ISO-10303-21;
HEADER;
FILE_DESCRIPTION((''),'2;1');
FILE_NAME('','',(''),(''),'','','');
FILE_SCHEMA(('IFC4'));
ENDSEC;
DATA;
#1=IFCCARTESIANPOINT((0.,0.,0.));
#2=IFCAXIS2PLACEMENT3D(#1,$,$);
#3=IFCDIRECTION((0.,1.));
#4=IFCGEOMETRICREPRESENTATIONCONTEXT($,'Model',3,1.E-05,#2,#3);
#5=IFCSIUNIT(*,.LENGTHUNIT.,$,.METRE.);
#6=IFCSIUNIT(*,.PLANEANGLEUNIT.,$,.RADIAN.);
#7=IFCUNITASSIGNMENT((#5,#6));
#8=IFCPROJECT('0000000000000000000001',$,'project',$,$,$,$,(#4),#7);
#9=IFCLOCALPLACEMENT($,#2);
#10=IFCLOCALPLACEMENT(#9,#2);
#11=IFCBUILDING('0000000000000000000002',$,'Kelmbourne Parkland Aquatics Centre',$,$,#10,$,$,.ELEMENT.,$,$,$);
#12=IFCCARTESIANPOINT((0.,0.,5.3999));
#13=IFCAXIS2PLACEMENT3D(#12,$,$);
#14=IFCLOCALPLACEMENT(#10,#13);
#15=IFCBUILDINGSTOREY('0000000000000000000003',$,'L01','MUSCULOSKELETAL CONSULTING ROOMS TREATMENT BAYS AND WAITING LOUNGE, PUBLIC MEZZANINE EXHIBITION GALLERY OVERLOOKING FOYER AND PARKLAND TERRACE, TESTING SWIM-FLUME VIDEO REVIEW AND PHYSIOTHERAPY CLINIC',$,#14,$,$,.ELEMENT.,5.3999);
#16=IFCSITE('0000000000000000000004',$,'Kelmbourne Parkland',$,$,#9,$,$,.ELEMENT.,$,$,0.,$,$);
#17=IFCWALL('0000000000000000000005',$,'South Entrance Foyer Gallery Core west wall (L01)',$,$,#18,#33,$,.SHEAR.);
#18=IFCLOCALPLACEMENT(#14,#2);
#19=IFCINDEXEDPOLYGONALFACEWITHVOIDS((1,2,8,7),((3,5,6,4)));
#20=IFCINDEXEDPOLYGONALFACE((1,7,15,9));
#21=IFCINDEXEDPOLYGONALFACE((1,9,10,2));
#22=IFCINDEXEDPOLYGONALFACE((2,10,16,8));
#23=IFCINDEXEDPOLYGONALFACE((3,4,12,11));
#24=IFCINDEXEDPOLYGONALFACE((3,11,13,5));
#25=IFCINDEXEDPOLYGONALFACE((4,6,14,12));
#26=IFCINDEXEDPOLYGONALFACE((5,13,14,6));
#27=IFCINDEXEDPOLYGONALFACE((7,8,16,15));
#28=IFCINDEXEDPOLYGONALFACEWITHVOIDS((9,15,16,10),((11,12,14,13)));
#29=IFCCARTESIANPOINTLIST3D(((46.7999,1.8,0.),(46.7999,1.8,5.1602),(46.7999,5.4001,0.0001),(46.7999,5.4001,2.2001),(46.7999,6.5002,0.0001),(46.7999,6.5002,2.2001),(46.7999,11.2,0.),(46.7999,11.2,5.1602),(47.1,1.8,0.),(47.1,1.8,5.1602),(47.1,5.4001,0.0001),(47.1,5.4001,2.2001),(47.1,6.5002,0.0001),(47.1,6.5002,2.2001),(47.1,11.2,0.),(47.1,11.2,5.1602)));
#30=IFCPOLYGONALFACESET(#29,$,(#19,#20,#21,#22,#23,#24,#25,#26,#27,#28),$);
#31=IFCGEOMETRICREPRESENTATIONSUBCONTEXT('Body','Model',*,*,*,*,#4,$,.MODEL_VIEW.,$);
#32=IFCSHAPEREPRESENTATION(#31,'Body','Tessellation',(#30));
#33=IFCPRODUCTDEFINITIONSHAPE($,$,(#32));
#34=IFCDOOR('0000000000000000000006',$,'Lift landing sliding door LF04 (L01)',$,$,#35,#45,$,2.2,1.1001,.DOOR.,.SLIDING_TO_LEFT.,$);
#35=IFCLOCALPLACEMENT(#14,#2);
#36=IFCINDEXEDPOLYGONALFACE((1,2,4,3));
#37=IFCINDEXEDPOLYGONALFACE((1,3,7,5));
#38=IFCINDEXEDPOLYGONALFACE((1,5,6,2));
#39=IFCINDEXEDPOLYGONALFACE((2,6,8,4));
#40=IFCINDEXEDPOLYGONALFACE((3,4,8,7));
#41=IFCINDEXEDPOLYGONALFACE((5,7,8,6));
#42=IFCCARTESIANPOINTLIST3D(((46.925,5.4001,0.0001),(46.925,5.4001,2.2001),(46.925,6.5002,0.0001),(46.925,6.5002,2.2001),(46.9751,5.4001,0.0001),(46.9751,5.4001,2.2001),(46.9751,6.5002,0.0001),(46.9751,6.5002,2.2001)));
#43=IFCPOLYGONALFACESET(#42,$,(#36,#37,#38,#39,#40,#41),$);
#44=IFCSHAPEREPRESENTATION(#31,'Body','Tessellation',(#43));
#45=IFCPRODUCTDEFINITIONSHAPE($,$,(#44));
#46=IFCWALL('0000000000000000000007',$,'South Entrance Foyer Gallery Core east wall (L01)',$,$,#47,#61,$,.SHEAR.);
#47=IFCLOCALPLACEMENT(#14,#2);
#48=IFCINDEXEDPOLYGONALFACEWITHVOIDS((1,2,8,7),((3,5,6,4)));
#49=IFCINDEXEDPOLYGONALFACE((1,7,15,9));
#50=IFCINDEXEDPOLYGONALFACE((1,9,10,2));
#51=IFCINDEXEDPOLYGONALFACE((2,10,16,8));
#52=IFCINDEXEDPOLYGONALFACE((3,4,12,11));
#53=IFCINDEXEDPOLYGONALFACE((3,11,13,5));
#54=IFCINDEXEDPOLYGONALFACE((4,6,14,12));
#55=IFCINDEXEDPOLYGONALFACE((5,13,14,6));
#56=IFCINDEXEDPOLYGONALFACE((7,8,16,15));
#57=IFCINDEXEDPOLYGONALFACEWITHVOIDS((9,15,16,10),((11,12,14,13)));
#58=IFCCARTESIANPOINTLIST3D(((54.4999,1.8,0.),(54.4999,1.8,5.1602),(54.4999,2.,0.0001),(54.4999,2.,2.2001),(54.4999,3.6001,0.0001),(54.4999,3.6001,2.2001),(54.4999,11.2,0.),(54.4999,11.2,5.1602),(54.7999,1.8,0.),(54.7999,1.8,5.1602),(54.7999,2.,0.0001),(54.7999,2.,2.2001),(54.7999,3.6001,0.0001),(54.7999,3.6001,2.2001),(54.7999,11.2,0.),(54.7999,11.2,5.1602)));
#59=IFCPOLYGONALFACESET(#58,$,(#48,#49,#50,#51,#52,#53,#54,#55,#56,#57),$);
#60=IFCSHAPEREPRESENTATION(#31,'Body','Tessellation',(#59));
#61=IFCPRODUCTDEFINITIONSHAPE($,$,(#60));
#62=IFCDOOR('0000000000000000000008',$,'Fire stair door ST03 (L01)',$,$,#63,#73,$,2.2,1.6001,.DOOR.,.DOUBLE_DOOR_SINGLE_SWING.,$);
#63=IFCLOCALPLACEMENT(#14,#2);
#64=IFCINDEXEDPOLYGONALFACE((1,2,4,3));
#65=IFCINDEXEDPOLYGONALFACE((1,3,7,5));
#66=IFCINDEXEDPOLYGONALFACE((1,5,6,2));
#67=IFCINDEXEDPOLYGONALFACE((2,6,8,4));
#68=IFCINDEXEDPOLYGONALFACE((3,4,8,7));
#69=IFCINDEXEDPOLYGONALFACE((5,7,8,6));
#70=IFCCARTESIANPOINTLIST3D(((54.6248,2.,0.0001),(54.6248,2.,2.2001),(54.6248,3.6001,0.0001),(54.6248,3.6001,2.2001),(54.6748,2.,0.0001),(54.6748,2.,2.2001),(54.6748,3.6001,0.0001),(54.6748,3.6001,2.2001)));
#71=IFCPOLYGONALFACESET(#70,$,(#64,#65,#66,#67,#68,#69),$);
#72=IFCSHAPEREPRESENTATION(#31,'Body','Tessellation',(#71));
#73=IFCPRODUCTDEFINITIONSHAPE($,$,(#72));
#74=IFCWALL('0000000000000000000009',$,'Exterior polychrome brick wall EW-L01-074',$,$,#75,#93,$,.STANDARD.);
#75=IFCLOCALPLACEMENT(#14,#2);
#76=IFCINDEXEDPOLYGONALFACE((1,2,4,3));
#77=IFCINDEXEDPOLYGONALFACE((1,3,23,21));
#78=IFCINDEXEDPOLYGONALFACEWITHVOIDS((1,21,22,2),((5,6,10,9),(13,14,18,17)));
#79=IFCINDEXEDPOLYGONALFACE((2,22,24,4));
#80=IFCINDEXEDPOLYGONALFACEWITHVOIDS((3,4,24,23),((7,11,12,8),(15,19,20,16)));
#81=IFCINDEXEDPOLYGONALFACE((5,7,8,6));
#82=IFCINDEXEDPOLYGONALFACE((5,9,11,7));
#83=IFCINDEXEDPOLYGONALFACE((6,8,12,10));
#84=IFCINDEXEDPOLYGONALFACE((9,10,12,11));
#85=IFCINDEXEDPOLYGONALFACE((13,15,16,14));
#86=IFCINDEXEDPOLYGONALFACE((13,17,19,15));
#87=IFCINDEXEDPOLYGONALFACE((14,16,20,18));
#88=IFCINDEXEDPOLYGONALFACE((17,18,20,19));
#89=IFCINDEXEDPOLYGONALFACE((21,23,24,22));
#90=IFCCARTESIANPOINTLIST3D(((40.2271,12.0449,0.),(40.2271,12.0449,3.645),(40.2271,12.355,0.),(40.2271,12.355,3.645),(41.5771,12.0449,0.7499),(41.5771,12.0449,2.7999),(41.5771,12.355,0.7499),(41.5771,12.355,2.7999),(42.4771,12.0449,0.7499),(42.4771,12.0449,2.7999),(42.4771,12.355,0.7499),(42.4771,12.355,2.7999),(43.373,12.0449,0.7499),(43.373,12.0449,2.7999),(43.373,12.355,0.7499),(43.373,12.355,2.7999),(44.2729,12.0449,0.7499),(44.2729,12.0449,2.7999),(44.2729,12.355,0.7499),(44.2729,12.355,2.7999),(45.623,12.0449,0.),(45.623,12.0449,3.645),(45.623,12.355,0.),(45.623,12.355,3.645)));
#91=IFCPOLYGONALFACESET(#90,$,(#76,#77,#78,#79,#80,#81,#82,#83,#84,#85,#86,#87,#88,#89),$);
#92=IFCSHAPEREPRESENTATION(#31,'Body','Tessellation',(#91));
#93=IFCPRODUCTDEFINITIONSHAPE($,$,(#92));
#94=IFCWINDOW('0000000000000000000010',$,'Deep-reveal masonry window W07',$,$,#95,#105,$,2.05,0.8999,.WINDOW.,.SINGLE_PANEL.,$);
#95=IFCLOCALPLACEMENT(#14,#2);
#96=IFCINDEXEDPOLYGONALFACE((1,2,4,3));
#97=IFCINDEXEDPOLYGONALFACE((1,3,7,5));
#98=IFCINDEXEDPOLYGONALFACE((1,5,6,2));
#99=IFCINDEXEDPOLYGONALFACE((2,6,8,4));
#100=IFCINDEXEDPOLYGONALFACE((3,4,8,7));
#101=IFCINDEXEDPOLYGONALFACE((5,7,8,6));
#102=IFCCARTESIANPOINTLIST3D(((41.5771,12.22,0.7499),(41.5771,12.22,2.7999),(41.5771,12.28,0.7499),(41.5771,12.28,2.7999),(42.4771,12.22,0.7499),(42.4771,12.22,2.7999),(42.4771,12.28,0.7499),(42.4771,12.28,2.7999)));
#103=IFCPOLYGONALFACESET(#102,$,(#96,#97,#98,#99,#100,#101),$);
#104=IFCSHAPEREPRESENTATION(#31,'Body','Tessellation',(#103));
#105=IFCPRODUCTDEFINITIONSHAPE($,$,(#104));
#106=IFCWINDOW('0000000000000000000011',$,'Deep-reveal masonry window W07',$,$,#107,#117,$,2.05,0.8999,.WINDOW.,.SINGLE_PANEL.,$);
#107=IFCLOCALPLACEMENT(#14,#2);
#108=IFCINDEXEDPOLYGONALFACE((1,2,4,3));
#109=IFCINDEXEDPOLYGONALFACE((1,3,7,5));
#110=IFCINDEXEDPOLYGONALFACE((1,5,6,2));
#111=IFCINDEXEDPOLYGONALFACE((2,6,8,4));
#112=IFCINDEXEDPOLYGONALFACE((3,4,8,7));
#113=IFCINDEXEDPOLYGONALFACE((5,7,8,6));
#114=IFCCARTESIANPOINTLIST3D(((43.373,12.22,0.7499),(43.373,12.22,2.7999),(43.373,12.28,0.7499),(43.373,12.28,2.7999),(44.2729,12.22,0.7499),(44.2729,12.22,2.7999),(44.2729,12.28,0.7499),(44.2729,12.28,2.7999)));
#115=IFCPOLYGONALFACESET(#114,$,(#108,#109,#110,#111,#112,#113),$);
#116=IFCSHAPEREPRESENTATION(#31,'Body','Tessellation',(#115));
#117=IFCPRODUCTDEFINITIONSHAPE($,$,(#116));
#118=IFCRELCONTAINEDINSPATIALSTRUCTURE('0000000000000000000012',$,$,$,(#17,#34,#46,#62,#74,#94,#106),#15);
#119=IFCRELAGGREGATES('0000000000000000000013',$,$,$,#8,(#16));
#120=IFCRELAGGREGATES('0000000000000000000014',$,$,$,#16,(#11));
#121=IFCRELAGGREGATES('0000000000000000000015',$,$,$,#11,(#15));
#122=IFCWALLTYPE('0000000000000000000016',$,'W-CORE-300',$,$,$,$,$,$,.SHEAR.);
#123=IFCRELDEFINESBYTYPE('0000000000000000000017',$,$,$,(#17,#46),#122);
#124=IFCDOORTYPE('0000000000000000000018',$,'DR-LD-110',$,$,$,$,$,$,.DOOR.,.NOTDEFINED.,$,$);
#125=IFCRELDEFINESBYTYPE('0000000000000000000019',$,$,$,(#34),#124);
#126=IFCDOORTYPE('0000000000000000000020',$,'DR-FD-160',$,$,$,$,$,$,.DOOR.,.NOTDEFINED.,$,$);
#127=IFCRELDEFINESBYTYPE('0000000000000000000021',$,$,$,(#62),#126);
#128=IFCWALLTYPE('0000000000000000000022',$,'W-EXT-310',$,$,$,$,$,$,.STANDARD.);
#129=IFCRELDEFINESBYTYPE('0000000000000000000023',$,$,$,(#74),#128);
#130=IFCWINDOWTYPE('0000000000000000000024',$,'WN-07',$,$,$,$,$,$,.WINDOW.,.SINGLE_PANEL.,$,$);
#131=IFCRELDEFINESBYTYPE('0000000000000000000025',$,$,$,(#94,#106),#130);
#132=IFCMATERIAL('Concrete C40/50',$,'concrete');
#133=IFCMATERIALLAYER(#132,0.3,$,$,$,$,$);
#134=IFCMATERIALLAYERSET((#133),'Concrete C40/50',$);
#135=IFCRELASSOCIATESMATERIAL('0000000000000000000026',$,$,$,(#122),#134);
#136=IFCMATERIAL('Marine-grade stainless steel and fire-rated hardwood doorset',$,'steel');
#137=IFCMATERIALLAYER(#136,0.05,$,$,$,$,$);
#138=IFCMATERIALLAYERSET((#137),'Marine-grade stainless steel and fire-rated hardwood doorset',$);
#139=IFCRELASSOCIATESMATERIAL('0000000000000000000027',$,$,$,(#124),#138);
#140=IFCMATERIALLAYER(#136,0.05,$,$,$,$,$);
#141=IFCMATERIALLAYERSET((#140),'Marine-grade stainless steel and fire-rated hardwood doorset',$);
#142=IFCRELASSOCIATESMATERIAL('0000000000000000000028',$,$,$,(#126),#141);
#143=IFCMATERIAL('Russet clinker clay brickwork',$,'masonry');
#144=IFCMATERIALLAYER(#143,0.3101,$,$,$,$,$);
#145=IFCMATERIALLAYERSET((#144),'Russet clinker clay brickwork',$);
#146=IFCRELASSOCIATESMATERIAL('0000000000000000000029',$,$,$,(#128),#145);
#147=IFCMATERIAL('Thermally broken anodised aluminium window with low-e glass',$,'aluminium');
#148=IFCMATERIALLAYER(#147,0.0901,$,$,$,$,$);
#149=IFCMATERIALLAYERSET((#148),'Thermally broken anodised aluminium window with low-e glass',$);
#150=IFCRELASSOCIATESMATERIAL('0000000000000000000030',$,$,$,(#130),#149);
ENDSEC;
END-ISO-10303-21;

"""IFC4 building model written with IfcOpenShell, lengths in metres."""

from ifc_helpers import new_model, si_unit, direction, frame, frame_2d, origin, place, context, subcontext, project, spatial, rectangle, extrude, material, layer, layer_set, type_object, element, fill, save


model = new_model("IFC4")

# Units and contexts
model_context = context("Model", 3, precision=1e-05, world=origin(), true_north=direction((0.0, 1.0)))
body_context = subcontext(model_context, "Body", "Model", "MODEL_VIEW")
ifc_project = project(units=[si_unit("LENGTHUNIT", "METRE"), si_unit("PLANEANGLEUNIT", "RADIAN")], contexts=[model_context])

# Site, building, storey
site_placement = place(None, origin())
site = spatial("IfcSite", under=ifc_project, at=site_placement, Name="Kelmbourne Parkland", CompositionType="ELEMENT", RefElevation=0.0)
building_placement = place(site_placement, origin())
building = spatial("IfcBuilding", under=site, at=building_placement, Name="Kelmbourne Parkland Aquatics Centre", CompositionType="ELEMENT")
storey_placement = place(building_placement, frame((0.0, 0.0, 5.3999)))
storey = spatial("IfcBuildingStorey", under=building, at=storey_placement, Name="L01", Description="MUSCULOSKELETAL CONSULTING ROOMS TREATMENT BAYS AND WAITING LOUNGE, PUBLIC MEZZANINE EXHIBITION GALLERY OVERLOOKING FOYER AND PARKLAND TERRACE, TESTING SWIM-FLUME VIDEO REVIEW AND PHYSIOTHERAPY CLINIC", CompositionType="ELEMENT", Elevation=5.3999)

# Shared definitions
ifc_material_1 = material(Name="Concrete C40/50", Category="concrete")

# Shared definitions
ifc_layer_1 = layer(ifc_material_1, 0.3)
ifc_layer_set_1 = layer_set([ifc_layer_1], Name="Concrete C40/50")
wall_type_1 = type_object("IfcWallType", Name="W-CORE-300", PredefinedType="SHEAR", material=ifc_layer_set_1)

# Walls, openings, doors
wall_1_placement = place(storey_placement, frame((46.95, 1.8, 0.0), z_axis=(0.0, 0.0, 1.0), x_axis=(0.0, 1.0, 0.0)))
wall_1 = element("IfcWall", 1, at=wall_1_placement, inside=storey, type_object=wall_type_1, Name="South Entrance Foyer Gallery Core west wall (L01)", PredefinedType="SHEAR", context=body_context, shape_type="SweptSolid", body=[
    extrude(rectangle(XDim=9.3999, YDim=0.3, at=frame_2d((4.7, 0.0))), origin(), (0.0, 0.0, 1.0), 5.1602),
])
opening_1_placement = place(wall_1_placement, frame((3.6001, 0.0, 0.0)))
opening_1 = element("IfcOpeningElement", 2, at=opening_1_placement, cuts=wall_1, PredefinedType="OPENING", context=body_context, shape_type="SweptSolid", body=[
    extrude(rectangle(XDim=1.1001, YDim=2.2, at=frame_2d((0.55, 1.1001))), frame((0.0, 0.1621, 0.0), z_axis=(0.0, -1.0, 0.0), x_axis=(1.0, 0.0, 0.0)), (0.0, 0.0, 1.0), 0.324),
])
ifc_material_2 = material(Name="Marine-grade stainless steel and fire-rated hardwood doorset", Category="steel")
ifc_layer_2 = layer(ifc_material_2, 0.05)
ifc_layer_set_2 = layer_set([ifc_layer_2], Name="Marine-grade stainless steel and fire-rated hardwood doorset")
door_type_1 = type_object("IfcDoorType", Name="DR-LD-110", OperationType="NOTDEFINED", PredefinedType="DOOR", material=ifc_layer_set_2)
door_1_placement = place(opening_1_placement, origin())
door_1 = element("IfcDoor", 3, at=door_1_placement, inside=storey, type_object=door_type_1, Name="Lift landing sliding door LF04 (L01)", OperationType="SLIDING_TO_LEFT", OverallHeight=2.2, OverallWidth=1.1001, PredefinedType="DOOR", context=body_context, shape_type="SweptSolid", body=[
    extrude(rectangle(XDim=1.1001, YDim=2.2, at=frame_2d((0.55, 1.1001))), frame((0.0, 0.0249, 0.0), z_axis=(0.0, -1.0, 0.0), x_axis=(1.0, 0.0, 0.0)), (0.0, 0.0, 1.0), 0.05),
])
fill(opening_1, door_1)
wall_2_placement = place(storey_placement, frame((54.6499, 1.8, 0.0), z_axis=(0.0, 0.0, 1.0), x_axis=(0.0, 1.0, 0.0)))
wall_2 = element("IfcWall", 4, at=wall_2_placement, inside=storey, type_object=wall_type_1, Name="South Entrance Foyer Gallery Core east wall (L01)", PredefinedType="SHEAR", context=body_context, shape_type="SweptSolid", body=[
    extrude(rectangle(XDim=9.3999, YDim=0.3, at=frame_2d((4.7, 0.0))), origin(), (0.0, 0.0, 1.0), 5.1602),
])
opening_2_placement = place(wall_2_placement, frame((0.2, 0.0, 0.0)))
opening_2 = element("IfcOpeningElement", 5, at=opening_2_placement, cuts=wall_2, PredefinedType="OPENING", context=body_context, shape_type="SweptSolid", body=[
    extrude(rectangle(XDim=1.6001, YDim=2.2, at=frame_2d((0.8, 1.1001))), frame((0.0, 0.1621, 0.0), z_axis=(0.0, -1.0, 0.0), x_axis=(1.0, 0.0, 0.0)), (0.0, 0.0, 1.0), 0.324),
])
ifc_layer_3 = layer(ifc_material_2, 0.05)
ifc_layer_set_3 = layer_set([ifc_layer_3], Name="Marine-grade stainless steel and fire-rated hardwood doorset")
door_type_2 = type_object("IfcDoorType", Name="DR-FD-160", OperationType="NOTDEFINED", PredefinedType="DOOR", material=ifc_layer_set_3)
door_2_placement = place(opening_2_placement, frame((1.6001, 0.0, 0.0), z_axis=(0.0, 0.0, 1.0), x_axis=(-1.0, 0.0, 0.0)))
door_2 = element("IfcDoor", 6, at=door_2_placement, inside=storey, type_object=door_type_2, Name="Fire stair door ST03 (L01)", OperationType="DOUBLE_DOOR_SINGLE_SWING", OverallHeight=2.2, OverallWidth=1.6001, PredefinedType="DOOR", context=body_context, shape_type="SweptSolid", body=[
    extrude(rectangle(XDim=1.6001, YDim=2.2, at=frame_2d((0.8, 1.1001))), frame((0.0, 0.0249, 0.0), z_axis=(0.0, -1.0, 0.0), x_axis=(1.0, 0.0, 0.0)), (0.0, 0.0, 1.0), 0.05),
])
fill(opening_2, door_2)

# Wall, openings, windows
ifc_material_3 = material(Name="Russet clinker clay brickwork", Category="masonry")
ifc_layer_4 = layer(ifc_material_3, 0.3101)
ifc_layer_set_4 = layer_set([ifc_layer_4], Name="Russet clinker clay brickwork")
wall_type_2 = type_object("IfcWallType", Name="W-EXT-310", PredefinedType="STANDARD", material=ifc_layer_set_4)
wall_3_placement = place(storey_placement, frame((40.2271, 12.2, 0.0), z_axis=(0.0, 0.0, 1.0), x_axis=(1.0, 0.0, 0.0)))
wall_3 = element("IfcWall", 7, at=wall_3_placement, inside=storey, type_object=wall_type_2, Name="Exterior polychrome brick wall EW-L01-074", PredefinedType="STANDARD", context=body_context, shape_type="SweptSolid", body=[
    extrude(rectangle(XDim=5.396, YDim=0.3101, at=frame_2d((2.698, 0.0))), origin(), (0.0, 0.0, 1.0), 3.645),
])
opening_3_placement = place(wall_3_placement, frame((1.3501, 0.0, 0.75)))
opening_3 = element("IfcOpeningElement", 8, at=opening_3_placement, cuts=wall_3, PredefinedType="OPENING", context=body_context, shape_type="SweptSolid", body=[
    extrude(rectangle(XDim=0.8999, YDim=2.05, at=frame_2d((0.45, 1.0249))), frame((0.0, 0.167, 0.0), z_axis=(0.0, -1.0, 0.0), x_axis=(1.0, 0.0, 0.0)), (0.0, 0.0, 1.0), 0.334),
])
opening_4_placement = place(wall_3_placement, frame((3.146, 0.0, 0.75)))
opening_4 = element("IfcOpeningElement", 9, at=opening_4_placement, cuts=wall_3, PredefinedType="OPENING", context=body_context, shape_type="SweptSolid", body=[
    extrude(rectangle(XDim=0.8999, YDim=2.05, at=frame_2d((0.45, 1.0249))), frame((0.0, 0.167, 0.0), z_axis=(0.0, -1.0, 0.0), x_axis=(1.0, 0.0, 0.0)), (0.0, 0.0, 1.0), 0.334),
])
ifc_material_4 = material(Name="Thermally broken anodised aluminium window with low-e glass", Category="aluminium")
ifc_layer_5 = layer(ifc_material_4, 0.0901)
ifc_layer_set_5 = layer_set([ifc_layer_5], Name="Thermally broken anodised aluminium window with low-e glass")
window_type_1 = type_object("IfcWindowType", Name="WN-07", PartitioningType="SINGLE_PANEL", PredefinedType="WINDOW", material=ifc_layer_set_5)
window_1_placement = place(opening_3_placement, origin())
window_1 = element("IfcWindow", 10, at=window_1_placement, inside=storey, type_object=window_type_1, Name="Deep-reveal masonry window W07", OverallHeight=2.05, OverallWidth=0.8999, PartitioningType="SINGLE_PANEL", PredefinedType="WINDOW", context=body_context, shape_type="SweptSolid", body=[
    extrude(rectangle(XDim=0.8999, YDim=2.05, at=frame_2d((0.45, 1.0249))), frame((0.0, 0.0801, 0.0), z_axis=(0.0, -1.0, 0.0), x_axis=(1.0, 0.0, 0.0)), (0.0, 0.0, 1.0), 0.0601),
])
fill(opening_3, window_1)
window_2_placement = place(opening_4_placement, origin())
window_2 = element("IfcWindow", 11, at=window_2_placement, inside=storey, type_object=window_type_1, Name="Deep-reveal masonry window W07", OverallHeight=2.05, OverallWidth=0.8999, PartitioningType="SINGLE_PANEL", PredefinedType="WINDOW", context=body_context, shape_type="SweptSolid", body=[
    extrude(rectangle(XDim=0.8999, YDim=2.05, at=frame_2d((0.45, 1.0249))), frame((0.0, 0.0801, 0.0), z_axis=(0.0, -1.0, 0.0), x_axis=(1.0, 0.0, 0.0)), (0.0, 0.0, 1.0), 0.0601),
])
fill(opening_4, window_2)

save(model, "model.ifc")
